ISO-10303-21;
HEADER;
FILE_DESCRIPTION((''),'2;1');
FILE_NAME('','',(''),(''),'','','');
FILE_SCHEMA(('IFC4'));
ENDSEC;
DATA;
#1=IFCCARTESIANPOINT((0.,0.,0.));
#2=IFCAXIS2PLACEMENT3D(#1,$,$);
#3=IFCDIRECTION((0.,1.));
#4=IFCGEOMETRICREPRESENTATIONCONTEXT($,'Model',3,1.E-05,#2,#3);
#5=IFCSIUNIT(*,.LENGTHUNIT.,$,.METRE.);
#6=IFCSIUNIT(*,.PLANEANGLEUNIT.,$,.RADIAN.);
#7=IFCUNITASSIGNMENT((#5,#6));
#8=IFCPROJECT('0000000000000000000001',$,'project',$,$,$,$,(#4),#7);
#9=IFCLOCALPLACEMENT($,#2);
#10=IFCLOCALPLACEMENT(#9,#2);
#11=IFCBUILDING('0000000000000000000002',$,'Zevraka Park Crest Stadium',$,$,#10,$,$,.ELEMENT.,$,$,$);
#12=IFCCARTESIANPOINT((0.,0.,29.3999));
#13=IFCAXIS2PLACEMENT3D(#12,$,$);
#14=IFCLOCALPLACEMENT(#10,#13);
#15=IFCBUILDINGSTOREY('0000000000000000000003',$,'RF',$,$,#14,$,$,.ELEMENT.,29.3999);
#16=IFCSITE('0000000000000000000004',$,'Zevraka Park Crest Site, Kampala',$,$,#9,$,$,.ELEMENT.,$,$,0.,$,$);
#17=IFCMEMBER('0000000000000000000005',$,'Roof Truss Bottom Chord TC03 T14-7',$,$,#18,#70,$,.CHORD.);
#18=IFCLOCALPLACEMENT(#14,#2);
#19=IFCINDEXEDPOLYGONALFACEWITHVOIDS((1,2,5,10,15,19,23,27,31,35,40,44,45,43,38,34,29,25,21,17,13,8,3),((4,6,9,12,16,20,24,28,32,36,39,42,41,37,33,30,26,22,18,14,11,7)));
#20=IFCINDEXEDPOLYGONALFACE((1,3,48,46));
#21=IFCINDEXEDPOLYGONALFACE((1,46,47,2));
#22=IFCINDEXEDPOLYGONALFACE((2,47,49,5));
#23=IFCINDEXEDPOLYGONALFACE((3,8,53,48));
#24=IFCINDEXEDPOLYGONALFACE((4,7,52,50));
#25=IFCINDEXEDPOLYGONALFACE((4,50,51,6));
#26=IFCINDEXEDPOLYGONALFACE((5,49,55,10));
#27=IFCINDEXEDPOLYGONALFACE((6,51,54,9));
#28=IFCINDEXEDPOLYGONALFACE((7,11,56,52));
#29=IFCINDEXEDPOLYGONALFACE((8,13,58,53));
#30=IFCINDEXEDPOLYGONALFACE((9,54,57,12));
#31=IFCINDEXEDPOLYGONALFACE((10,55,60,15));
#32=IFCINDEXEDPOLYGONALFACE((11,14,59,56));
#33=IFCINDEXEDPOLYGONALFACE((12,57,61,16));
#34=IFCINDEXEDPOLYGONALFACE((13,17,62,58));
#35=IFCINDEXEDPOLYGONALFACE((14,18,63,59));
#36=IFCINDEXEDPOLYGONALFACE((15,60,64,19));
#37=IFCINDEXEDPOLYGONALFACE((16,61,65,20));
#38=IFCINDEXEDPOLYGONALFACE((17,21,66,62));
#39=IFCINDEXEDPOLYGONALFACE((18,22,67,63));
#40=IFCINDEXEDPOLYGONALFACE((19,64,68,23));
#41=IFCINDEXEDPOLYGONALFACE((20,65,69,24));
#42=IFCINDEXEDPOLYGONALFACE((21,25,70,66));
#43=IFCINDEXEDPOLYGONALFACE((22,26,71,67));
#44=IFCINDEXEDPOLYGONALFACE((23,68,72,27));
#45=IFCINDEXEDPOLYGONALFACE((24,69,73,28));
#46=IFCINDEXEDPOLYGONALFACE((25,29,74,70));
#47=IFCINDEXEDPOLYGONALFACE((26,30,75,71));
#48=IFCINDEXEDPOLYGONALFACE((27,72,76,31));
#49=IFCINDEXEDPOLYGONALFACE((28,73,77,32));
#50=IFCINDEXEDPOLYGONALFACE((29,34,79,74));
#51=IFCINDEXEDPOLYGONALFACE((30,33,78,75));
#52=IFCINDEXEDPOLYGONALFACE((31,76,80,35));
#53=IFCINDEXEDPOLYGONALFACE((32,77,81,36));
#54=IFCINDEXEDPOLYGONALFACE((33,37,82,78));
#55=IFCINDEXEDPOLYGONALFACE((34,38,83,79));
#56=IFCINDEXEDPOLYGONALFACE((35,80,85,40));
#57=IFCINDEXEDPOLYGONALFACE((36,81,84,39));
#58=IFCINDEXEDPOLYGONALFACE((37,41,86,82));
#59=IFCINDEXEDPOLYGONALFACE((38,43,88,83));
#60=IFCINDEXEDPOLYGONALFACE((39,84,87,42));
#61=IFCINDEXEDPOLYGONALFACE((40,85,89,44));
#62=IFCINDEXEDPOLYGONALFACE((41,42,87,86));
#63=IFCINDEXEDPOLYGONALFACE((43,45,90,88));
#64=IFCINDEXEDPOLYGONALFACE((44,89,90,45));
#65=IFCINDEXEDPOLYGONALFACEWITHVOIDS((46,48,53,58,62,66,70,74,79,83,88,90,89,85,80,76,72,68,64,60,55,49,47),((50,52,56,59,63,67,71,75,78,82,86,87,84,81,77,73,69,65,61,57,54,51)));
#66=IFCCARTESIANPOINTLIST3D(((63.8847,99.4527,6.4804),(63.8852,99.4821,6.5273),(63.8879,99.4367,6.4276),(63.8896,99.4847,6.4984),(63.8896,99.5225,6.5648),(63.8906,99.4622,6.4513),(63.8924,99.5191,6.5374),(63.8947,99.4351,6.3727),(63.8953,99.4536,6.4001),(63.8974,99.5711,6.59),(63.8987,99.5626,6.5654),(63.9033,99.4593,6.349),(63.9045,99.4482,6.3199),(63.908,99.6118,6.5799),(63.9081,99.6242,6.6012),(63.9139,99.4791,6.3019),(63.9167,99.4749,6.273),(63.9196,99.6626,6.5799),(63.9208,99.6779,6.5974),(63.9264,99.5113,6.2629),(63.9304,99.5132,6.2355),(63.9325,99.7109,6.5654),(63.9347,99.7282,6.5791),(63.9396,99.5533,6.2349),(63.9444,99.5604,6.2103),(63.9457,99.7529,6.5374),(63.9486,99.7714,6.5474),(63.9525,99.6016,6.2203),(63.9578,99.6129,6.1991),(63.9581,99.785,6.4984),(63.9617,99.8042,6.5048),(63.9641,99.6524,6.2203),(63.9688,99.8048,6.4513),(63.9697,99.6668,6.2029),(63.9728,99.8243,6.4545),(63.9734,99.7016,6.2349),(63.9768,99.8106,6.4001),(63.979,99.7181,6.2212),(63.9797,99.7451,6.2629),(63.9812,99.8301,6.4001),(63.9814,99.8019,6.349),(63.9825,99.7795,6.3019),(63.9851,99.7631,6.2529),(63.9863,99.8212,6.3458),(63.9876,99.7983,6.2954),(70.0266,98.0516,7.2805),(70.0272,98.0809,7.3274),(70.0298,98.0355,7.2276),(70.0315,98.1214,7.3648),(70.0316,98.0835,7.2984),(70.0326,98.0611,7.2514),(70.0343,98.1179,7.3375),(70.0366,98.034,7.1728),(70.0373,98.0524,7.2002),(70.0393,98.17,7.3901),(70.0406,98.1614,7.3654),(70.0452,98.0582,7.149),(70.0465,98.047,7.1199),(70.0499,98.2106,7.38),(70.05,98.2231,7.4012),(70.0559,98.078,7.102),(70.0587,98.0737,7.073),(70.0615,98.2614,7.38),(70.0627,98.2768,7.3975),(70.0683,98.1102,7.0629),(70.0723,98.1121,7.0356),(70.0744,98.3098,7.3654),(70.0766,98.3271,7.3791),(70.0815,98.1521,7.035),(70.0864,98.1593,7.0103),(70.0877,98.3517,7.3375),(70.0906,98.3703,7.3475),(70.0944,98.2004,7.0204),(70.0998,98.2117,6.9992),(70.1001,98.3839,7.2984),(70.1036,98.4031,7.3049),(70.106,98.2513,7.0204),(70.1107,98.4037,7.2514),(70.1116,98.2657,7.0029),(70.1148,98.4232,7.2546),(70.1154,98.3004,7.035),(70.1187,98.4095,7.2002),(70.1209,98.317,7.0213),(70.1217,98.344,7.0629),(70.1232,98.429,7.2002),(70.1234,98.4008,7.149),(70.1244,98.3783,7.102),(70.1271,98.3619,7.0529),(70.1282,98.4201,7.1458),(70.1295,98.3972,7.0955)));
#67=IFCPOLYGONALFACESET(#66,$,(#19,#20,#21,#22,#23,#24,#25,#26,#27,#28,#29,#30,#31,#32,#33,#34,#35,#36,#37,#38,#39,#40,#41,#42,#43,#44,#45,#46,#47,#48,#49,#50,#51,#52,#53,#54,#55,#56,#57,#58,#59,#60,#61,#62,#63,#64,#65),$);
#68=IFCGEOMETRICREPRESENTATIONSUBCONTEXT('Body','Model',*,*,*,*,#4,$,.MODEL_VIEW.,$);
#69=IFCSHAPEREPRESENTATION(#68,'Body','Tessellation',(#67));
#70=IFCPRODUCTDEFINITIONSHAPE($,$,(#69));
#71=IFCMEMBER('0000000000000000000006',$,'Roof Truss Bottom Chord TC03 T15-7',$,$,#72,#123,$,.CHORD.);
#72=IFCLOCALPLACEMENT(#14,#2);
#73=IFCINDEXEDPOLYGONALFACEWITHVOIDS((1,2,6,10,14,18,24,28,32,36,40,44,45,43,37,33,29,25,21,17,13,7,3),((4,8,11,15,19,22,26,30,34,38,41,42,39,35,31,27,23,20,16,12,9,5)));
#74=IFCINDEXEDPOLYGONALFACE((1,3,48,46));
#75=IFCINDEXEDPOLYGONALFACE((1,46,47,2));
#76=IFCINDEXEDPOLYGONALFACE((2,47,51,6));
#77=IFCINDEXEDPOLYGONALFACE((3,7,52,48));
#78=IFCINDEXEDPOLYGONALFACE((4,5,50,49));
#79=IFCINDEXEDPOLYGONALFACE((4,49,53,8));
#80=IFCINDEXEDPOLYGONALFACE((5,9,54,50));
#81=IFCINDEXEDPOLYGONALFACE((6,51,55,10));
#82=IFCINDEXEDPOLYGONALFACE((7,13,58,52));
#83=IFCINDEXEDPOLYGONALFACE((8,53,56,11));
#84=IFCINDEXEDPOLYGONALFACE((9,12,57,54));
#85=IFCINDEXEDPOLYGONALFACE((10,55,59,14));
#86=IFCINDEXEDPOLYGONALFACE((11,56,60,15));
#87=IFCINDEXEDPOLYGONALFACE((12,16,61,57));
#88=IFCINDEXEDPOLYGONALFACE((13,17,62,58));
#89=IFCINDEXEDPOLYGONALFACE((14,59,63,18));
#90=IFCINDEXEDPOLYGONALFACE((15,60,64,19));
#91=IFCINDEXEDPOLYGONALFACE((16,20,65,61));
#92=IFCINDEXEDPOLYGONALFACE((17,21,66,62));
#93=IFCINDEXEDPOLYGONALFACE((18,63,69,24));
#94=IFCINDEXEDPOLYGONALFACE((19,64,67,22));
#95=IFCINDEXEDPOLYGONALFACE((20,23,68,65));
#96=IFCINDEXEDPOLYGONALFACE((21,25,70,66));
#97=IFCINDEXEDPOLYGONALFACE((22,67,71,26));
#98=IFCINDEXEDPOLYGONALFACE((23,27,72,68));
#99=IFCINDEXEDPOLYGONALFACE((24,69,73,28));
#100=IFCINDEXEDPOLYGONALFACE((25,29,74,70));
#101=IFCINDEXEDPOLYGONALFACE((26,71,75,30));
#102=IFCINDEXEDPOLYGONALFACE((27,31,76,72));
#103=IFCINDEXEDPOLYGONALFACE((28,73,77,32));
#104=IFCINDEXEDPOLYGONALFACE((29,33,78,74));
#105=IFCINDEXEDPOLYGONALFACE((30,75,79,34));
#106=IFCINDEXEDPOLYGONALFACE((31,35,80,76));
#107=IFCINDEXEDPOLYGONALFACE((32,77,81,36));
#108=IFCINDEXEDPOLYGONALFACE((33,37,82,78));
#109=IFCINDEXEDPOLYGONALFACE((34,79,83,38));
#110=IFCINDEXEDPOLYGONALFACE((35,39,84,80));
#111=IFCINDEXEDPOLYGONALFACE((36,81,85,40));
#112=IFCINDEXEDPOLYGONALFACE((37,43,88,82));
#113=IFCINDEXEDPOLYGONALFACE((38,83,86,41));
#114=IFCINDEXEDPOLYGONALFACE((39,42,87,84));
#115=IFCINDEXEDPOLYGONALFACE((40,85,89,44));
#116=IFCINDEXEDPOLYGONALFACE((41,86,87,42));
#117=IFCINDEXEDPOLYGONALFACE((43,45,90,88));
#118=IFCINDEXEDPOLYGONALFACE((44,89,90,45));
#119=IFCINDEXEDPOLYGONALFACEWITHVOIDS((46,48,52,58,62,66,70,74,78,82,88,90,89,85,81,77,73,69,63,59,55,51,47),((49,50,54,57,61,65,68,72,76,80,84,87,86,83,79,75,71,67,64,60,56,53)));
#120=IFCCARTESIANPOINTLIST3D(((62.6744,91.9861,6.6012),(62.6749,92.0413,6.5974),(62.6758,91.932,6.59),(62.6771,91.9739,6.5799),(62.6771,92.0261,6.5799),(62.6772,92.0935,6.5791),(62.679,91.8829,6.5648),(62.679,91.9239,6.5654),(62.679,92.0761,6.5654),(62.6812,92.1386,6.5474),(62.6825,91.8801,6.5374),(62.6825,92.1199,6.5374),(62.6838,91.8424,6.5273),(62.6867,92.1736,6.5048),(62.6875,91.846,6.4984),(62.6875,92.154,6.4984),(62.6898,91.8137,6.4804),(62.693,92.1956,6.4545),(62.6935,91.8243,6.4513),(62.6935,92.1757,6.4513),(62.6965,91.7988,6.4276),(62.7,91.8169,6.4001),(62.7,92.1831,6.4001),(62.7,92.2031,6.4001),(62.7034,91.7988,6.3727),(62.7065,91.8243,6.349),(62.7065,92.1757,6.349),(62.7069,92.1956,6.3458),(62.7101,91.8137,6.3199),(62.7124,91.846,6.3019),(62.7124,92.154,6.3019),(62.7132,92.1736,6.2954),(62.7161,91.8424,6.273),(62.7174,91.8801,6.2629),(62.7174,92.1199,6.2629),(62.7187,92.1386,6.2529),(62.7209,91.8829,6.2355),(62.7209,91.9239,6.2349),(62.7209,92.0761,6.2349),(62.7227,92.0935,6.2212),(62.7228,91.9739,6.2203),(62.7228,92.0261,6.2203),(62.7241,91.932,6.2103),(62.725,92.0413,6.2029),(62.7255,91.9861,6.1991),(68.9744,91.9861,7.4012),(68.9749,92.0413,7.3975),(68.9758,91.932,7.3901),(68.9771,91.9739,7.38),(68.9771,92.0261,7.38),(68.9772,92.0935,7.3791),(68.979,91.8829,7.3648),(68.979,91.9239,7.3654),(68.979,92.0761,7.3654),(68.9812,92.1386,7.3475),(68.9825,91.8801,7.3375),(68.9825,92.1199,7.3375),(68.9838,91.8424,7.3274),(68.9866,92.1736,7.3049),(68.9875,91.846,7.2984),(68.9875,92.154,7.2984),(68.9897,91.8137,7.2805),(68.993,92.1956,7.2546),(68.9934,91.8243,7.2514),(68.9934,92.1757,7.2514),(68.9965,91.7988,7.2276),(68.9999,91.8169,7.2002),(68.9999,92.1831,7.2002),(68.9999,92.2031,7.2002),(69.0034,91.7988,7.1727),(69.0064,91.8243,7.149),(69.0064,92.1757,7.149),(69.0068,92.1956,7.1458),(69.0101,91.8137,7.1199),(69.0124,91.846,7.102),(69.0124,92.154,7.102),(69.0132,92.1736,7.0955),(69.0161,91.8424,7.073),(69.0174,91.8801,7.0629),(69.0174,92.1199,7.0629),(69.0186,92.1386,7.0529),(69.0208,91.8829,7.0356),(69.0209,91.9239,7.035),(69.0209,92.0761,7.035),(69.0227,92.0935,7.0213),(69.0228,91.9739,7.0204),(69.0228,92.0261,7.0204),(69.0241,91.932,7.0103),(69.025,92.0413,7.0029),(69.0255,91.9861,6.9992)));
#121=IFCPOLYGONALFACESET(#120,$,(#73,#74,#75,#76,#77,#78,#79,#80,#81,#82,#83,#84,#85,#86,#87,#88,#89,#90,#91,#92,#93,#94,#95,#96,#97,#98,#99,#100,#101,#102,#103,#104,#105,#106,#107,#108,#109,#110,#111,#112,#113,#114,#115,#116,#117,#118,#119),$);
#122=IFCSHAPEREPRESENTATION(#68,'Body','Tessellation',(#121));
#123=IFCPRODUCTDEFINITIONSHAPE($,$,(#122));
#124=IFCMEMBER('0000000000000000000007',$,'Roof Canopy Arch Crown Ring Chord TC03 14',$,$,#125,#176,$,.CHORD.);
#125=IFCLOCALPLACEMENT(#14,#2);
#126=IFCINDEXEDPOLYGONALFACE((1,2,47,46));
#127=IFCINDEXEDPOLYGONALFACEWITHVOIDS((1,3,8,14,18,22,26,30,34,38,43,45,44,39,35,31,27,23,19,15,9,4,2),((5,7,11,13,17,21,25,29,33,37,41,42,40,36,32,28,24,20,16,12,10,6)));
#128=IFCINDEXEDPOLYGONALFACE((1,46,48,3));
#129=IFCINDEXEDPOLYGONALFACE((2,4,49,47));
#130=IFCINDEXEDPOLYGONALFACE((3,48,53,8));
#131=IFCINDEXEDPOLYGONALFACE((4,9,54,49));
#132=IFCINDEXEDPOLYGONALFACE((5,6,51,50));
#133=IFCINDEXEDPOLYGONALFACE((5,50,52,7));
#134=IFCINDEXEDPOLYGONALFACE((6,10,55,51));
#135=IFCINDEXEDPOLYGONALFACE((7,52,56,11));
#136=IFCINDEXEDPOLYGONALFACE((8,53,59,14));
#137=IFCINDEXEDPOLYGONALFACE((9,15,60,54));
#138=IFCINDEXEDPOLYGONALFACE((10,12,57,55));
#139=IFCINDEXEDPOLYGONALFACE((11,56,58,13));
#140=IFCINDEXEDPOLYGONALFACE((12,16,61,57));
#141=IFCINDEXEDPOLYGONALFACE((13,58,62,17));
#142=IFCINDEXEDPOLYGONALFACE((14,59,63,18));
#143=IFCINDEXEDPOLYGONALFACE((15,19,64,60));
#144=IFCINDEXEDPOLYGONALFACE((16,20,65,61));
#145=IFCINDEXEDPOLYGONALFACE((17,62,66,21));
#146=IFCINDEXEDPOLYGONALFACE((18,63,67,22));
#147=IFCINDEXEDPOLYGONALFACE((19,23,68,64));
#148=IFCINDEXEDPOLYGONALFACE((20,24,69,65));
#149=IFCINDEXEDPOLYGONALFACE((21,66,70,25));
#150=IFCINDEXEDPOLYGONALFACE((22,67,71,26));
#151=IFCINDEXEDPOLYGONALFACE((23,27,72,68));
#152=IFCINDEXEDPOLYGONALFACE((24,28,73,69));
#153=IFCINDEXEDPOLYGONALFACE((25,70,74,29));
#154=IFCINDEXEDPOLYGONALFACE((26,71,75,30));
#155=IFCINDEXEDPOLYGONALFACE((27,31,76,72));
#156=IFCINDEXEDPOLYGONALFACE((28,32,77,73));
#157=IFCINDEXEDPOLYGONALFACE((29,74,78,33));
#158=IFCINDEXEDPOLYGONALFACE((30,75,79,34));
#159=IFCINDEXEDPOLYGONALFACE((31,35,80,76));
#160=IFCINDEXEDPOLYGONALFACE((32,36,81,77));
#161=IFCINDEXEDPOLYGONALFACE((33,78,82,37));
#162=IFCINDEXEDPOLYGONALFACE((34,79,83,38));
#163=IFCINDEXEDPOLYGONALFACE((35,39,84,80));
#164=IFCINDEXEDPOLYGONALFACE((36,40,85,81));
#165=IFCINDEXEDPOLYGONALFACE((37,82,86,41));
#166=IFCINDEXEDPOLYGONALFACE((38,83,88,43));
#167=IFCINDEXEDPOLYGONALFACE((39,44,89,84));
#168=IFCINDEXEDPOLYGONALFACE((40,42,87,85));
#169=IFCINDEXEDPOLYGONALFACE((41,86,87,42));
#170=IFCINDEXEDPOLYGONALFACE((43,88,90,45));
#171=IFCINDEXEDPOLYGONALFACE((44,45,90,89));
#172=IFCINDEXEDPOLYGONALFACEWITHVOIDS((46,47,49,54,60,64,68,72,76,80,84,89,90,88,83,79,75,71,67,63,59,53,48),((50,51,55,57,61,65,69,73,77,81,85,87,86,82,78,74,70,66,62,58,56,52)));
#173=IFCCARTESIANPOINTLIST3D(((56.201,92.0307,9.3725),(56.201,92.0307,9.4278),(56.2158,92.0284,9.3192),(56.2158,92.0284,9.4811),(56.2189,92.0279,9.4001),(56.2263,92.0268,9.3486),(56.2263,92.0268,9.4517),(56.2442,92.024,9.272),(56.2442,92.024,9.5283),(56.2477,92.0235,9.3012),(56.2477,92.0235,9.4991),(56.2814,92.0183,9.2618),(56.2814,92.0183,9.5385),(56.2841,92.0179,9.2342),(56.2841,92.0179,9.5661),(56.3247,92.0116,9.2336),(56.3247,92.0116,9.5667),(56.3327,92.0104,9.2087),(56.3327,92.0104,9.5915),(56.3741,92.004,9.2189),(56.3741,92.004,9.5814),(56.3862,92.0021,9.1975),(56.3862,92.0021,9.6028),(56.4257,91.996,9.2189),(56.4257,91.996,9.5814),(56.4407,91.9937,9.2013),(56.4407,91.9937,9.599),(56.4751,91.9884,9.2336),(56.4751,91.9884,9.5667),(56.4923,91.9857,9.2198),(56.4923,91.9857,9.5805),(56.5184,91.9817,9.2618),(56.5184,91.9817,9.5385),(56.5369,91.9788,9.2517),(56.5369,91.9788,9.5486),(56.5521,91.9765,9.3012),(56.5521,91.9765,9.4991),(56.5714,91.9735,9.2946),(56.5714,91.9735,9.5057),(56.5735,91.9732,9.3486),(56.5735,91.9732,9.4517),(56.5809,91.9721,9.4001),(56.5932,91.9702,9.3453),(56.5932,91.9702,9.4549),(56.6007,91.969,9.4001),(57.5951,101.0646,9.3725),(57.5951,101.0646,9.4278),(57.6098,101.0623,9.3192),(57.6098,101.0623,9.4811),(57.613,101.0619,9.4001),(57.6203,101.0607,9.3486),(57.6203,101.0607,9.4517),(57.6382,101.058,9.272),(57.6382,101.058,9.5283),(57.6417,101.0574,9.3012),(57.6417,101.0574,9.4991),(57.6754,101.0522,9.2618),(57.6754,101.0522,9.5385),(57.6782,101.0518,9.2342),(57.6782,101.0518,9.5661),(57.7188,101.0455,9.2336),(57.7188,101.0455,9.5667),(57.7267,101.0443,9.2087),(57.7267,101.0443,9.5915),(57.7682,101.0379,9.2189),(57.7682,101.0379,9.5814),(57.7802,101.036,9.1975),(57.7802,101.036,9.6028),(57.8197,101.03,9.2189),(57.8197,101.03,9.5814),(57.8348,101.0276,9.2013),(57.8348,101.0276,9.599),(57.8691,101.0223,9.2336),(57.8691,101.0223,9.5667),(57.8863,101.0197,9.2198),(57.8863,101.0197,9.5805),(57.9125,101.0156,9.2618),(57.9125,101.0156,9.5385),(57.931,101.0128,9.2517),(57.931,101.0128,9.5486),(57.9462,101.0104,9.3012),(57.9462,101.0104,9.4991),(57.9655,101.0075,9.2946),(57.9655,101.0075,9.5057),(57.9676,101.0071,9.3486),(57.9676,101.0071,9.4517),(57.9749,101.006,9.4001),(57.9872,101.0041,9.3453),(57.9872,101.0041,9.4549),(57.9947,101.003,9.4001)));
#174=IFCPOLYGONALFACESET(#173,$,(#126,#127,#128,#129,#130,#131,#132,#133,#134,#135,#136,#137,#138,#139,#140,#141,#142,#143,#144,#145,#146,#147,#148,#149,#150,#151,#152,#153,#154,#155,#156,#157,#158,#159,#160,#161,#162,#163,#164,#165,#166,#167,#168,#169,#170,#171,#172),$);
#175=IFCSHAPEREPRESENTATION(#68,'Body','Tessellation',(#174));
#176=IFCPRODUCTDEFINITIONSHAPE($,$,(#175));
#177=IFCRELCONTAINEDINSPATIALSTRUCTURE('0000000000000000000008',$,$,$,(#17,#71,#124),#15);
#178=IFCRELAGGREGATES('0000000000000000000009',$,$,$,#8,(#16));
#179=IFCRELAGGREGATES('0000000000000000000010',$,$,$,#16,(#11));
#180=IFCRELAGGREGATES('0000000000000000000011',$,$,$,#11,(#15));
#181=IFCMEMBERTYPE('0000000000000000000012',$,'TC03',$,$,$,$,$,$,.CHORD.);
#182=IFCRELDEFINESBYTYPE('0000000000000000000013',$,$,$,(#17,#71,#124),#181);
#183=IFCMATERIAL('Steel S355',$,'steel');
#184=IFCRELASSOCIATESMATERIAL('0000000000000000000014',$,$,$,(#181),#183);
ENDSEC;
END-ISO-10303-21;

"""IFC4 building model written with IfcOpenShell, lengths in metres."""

from ifc_helpers import new_model, si_unit, direction, frame, origin, origin_2d, place, context, subcontext, project, spatial, hollow_circle, extrude, material, material_profile, profile_set, type_object, element, save


model = new_model("IFC4")

# Units and contexts
model_context = context("Model", 3, precision=1e-05, world=origin(), true_north=direction((0.0, 1.0)))
body_context = subcontext(model_context, "Body", "Model", "MODEL_VIEW")
ifc_project = project(units=[si_unit("LENGTHUNIT", "METRE"), si_unit("PLANEANGLEUNIT", "RADIAN")], contexts=[model_context])

# Site, building, storey
site_placement = place(None, origin())
site = spatial("IfcSite", under=ifc_project, at=site_placement, Name="Zevraka Park Crest Site, Kampala", CompositionType="ELEMENT", RefElevation=0.0)
building_placement = place(site_placement, origin())
building = spatial("IfcBuilding", under=site, at=building_placement, Name="Zevraka Park Crest Stadium", CompositionType="ELEMENT")
storey_placement = place(building_placement, frame((0.0, 0.0, 29.3999)))
storey = spatial("IfcBuildingStorey", under=building, at=storey_placement, Name="RF", CompositionType="ELEMENT", Elevation=29.3999)

# Members
ifc_material_1 = material(Name="Steel S355", Category="steel")
ifc_material_profile_1 = material_profile(ifc_material_1, hollow_circle(Radius=0.2031, WallThickness=0.02, at=origin_2d()), Name="CHS 406.4x20")
ifc_profile_set_1 = profile_set([ifc_material_profile_1], Name="Steel S355")
member_type_1 = type_object("IfcMemberType", Name="TC03", PredefinedType="CHORD", material=ifc_profile_set_1)
member_1_placement = place(storey_placement, frame((63.936, 99.6321, 6.4001), z_axis=(0.967184, -0.220641, 0.125987), x_axis=(0.222413, 0.974952, 0.0)))
element("IfcMember", 1, at=member_1_placement, inside=storey, type_object=member_type_1, Name="Roof Truss Bottom Chord TC03 T14-7", PredefinedType="CHORD", context=body_context, shape_type="SweptSolid", body=[
    extrude(hollow_circle(Radius=0.2031, WallThickness=0.02, at=origin_2d()), origin(), (0.0, 0.0, 1.0), 6.3503),
])
member_2_placement = place(storey_placement, frame((62.7, 92.0, 6.4001), z_axis=(0.992033, 0.0, 0.125979), x_axis=(0.0, 1.0, 0.0)))
element("IfcMember", 2, at=member_2_placement, inside=storey, type_object=member_type_1, Name="Roof Truss Bottom Chord TC03 T15-7", PredefinedType="CHORD", context=body_context, shape_type="SweptSolid", body=[
    extrude(hollow_circle(Radius=0.2031, WallThickness=0.02, at=origin_2d()), origin(), (0.0, 0.0, 1.0), 6.3506),
])
member_3_placement = place(storey_placement, frame((57.7939, 101.0339, 9.4001), z_axis=(-0.152507, -0.988302, 0.0), x_axis=(0.988302, -0.152507, 0.0)))
element("IfcMember", 3, at=member_3_placement, inside=storey, type_object=member_type_1, Name="Roof Canopy Arch Crown Ring Chord TC03 14", PredefinedType="CHORD", context=body_context, shape_type="SweptSolid", body=[
    extrude(hollow_circle(Radius=0.2031, WallThickness=0.02, at=origin_2d()), origin(), (0.0, 0.0, 1.0), 9.1409),
])

save(model, "model.ifc")
